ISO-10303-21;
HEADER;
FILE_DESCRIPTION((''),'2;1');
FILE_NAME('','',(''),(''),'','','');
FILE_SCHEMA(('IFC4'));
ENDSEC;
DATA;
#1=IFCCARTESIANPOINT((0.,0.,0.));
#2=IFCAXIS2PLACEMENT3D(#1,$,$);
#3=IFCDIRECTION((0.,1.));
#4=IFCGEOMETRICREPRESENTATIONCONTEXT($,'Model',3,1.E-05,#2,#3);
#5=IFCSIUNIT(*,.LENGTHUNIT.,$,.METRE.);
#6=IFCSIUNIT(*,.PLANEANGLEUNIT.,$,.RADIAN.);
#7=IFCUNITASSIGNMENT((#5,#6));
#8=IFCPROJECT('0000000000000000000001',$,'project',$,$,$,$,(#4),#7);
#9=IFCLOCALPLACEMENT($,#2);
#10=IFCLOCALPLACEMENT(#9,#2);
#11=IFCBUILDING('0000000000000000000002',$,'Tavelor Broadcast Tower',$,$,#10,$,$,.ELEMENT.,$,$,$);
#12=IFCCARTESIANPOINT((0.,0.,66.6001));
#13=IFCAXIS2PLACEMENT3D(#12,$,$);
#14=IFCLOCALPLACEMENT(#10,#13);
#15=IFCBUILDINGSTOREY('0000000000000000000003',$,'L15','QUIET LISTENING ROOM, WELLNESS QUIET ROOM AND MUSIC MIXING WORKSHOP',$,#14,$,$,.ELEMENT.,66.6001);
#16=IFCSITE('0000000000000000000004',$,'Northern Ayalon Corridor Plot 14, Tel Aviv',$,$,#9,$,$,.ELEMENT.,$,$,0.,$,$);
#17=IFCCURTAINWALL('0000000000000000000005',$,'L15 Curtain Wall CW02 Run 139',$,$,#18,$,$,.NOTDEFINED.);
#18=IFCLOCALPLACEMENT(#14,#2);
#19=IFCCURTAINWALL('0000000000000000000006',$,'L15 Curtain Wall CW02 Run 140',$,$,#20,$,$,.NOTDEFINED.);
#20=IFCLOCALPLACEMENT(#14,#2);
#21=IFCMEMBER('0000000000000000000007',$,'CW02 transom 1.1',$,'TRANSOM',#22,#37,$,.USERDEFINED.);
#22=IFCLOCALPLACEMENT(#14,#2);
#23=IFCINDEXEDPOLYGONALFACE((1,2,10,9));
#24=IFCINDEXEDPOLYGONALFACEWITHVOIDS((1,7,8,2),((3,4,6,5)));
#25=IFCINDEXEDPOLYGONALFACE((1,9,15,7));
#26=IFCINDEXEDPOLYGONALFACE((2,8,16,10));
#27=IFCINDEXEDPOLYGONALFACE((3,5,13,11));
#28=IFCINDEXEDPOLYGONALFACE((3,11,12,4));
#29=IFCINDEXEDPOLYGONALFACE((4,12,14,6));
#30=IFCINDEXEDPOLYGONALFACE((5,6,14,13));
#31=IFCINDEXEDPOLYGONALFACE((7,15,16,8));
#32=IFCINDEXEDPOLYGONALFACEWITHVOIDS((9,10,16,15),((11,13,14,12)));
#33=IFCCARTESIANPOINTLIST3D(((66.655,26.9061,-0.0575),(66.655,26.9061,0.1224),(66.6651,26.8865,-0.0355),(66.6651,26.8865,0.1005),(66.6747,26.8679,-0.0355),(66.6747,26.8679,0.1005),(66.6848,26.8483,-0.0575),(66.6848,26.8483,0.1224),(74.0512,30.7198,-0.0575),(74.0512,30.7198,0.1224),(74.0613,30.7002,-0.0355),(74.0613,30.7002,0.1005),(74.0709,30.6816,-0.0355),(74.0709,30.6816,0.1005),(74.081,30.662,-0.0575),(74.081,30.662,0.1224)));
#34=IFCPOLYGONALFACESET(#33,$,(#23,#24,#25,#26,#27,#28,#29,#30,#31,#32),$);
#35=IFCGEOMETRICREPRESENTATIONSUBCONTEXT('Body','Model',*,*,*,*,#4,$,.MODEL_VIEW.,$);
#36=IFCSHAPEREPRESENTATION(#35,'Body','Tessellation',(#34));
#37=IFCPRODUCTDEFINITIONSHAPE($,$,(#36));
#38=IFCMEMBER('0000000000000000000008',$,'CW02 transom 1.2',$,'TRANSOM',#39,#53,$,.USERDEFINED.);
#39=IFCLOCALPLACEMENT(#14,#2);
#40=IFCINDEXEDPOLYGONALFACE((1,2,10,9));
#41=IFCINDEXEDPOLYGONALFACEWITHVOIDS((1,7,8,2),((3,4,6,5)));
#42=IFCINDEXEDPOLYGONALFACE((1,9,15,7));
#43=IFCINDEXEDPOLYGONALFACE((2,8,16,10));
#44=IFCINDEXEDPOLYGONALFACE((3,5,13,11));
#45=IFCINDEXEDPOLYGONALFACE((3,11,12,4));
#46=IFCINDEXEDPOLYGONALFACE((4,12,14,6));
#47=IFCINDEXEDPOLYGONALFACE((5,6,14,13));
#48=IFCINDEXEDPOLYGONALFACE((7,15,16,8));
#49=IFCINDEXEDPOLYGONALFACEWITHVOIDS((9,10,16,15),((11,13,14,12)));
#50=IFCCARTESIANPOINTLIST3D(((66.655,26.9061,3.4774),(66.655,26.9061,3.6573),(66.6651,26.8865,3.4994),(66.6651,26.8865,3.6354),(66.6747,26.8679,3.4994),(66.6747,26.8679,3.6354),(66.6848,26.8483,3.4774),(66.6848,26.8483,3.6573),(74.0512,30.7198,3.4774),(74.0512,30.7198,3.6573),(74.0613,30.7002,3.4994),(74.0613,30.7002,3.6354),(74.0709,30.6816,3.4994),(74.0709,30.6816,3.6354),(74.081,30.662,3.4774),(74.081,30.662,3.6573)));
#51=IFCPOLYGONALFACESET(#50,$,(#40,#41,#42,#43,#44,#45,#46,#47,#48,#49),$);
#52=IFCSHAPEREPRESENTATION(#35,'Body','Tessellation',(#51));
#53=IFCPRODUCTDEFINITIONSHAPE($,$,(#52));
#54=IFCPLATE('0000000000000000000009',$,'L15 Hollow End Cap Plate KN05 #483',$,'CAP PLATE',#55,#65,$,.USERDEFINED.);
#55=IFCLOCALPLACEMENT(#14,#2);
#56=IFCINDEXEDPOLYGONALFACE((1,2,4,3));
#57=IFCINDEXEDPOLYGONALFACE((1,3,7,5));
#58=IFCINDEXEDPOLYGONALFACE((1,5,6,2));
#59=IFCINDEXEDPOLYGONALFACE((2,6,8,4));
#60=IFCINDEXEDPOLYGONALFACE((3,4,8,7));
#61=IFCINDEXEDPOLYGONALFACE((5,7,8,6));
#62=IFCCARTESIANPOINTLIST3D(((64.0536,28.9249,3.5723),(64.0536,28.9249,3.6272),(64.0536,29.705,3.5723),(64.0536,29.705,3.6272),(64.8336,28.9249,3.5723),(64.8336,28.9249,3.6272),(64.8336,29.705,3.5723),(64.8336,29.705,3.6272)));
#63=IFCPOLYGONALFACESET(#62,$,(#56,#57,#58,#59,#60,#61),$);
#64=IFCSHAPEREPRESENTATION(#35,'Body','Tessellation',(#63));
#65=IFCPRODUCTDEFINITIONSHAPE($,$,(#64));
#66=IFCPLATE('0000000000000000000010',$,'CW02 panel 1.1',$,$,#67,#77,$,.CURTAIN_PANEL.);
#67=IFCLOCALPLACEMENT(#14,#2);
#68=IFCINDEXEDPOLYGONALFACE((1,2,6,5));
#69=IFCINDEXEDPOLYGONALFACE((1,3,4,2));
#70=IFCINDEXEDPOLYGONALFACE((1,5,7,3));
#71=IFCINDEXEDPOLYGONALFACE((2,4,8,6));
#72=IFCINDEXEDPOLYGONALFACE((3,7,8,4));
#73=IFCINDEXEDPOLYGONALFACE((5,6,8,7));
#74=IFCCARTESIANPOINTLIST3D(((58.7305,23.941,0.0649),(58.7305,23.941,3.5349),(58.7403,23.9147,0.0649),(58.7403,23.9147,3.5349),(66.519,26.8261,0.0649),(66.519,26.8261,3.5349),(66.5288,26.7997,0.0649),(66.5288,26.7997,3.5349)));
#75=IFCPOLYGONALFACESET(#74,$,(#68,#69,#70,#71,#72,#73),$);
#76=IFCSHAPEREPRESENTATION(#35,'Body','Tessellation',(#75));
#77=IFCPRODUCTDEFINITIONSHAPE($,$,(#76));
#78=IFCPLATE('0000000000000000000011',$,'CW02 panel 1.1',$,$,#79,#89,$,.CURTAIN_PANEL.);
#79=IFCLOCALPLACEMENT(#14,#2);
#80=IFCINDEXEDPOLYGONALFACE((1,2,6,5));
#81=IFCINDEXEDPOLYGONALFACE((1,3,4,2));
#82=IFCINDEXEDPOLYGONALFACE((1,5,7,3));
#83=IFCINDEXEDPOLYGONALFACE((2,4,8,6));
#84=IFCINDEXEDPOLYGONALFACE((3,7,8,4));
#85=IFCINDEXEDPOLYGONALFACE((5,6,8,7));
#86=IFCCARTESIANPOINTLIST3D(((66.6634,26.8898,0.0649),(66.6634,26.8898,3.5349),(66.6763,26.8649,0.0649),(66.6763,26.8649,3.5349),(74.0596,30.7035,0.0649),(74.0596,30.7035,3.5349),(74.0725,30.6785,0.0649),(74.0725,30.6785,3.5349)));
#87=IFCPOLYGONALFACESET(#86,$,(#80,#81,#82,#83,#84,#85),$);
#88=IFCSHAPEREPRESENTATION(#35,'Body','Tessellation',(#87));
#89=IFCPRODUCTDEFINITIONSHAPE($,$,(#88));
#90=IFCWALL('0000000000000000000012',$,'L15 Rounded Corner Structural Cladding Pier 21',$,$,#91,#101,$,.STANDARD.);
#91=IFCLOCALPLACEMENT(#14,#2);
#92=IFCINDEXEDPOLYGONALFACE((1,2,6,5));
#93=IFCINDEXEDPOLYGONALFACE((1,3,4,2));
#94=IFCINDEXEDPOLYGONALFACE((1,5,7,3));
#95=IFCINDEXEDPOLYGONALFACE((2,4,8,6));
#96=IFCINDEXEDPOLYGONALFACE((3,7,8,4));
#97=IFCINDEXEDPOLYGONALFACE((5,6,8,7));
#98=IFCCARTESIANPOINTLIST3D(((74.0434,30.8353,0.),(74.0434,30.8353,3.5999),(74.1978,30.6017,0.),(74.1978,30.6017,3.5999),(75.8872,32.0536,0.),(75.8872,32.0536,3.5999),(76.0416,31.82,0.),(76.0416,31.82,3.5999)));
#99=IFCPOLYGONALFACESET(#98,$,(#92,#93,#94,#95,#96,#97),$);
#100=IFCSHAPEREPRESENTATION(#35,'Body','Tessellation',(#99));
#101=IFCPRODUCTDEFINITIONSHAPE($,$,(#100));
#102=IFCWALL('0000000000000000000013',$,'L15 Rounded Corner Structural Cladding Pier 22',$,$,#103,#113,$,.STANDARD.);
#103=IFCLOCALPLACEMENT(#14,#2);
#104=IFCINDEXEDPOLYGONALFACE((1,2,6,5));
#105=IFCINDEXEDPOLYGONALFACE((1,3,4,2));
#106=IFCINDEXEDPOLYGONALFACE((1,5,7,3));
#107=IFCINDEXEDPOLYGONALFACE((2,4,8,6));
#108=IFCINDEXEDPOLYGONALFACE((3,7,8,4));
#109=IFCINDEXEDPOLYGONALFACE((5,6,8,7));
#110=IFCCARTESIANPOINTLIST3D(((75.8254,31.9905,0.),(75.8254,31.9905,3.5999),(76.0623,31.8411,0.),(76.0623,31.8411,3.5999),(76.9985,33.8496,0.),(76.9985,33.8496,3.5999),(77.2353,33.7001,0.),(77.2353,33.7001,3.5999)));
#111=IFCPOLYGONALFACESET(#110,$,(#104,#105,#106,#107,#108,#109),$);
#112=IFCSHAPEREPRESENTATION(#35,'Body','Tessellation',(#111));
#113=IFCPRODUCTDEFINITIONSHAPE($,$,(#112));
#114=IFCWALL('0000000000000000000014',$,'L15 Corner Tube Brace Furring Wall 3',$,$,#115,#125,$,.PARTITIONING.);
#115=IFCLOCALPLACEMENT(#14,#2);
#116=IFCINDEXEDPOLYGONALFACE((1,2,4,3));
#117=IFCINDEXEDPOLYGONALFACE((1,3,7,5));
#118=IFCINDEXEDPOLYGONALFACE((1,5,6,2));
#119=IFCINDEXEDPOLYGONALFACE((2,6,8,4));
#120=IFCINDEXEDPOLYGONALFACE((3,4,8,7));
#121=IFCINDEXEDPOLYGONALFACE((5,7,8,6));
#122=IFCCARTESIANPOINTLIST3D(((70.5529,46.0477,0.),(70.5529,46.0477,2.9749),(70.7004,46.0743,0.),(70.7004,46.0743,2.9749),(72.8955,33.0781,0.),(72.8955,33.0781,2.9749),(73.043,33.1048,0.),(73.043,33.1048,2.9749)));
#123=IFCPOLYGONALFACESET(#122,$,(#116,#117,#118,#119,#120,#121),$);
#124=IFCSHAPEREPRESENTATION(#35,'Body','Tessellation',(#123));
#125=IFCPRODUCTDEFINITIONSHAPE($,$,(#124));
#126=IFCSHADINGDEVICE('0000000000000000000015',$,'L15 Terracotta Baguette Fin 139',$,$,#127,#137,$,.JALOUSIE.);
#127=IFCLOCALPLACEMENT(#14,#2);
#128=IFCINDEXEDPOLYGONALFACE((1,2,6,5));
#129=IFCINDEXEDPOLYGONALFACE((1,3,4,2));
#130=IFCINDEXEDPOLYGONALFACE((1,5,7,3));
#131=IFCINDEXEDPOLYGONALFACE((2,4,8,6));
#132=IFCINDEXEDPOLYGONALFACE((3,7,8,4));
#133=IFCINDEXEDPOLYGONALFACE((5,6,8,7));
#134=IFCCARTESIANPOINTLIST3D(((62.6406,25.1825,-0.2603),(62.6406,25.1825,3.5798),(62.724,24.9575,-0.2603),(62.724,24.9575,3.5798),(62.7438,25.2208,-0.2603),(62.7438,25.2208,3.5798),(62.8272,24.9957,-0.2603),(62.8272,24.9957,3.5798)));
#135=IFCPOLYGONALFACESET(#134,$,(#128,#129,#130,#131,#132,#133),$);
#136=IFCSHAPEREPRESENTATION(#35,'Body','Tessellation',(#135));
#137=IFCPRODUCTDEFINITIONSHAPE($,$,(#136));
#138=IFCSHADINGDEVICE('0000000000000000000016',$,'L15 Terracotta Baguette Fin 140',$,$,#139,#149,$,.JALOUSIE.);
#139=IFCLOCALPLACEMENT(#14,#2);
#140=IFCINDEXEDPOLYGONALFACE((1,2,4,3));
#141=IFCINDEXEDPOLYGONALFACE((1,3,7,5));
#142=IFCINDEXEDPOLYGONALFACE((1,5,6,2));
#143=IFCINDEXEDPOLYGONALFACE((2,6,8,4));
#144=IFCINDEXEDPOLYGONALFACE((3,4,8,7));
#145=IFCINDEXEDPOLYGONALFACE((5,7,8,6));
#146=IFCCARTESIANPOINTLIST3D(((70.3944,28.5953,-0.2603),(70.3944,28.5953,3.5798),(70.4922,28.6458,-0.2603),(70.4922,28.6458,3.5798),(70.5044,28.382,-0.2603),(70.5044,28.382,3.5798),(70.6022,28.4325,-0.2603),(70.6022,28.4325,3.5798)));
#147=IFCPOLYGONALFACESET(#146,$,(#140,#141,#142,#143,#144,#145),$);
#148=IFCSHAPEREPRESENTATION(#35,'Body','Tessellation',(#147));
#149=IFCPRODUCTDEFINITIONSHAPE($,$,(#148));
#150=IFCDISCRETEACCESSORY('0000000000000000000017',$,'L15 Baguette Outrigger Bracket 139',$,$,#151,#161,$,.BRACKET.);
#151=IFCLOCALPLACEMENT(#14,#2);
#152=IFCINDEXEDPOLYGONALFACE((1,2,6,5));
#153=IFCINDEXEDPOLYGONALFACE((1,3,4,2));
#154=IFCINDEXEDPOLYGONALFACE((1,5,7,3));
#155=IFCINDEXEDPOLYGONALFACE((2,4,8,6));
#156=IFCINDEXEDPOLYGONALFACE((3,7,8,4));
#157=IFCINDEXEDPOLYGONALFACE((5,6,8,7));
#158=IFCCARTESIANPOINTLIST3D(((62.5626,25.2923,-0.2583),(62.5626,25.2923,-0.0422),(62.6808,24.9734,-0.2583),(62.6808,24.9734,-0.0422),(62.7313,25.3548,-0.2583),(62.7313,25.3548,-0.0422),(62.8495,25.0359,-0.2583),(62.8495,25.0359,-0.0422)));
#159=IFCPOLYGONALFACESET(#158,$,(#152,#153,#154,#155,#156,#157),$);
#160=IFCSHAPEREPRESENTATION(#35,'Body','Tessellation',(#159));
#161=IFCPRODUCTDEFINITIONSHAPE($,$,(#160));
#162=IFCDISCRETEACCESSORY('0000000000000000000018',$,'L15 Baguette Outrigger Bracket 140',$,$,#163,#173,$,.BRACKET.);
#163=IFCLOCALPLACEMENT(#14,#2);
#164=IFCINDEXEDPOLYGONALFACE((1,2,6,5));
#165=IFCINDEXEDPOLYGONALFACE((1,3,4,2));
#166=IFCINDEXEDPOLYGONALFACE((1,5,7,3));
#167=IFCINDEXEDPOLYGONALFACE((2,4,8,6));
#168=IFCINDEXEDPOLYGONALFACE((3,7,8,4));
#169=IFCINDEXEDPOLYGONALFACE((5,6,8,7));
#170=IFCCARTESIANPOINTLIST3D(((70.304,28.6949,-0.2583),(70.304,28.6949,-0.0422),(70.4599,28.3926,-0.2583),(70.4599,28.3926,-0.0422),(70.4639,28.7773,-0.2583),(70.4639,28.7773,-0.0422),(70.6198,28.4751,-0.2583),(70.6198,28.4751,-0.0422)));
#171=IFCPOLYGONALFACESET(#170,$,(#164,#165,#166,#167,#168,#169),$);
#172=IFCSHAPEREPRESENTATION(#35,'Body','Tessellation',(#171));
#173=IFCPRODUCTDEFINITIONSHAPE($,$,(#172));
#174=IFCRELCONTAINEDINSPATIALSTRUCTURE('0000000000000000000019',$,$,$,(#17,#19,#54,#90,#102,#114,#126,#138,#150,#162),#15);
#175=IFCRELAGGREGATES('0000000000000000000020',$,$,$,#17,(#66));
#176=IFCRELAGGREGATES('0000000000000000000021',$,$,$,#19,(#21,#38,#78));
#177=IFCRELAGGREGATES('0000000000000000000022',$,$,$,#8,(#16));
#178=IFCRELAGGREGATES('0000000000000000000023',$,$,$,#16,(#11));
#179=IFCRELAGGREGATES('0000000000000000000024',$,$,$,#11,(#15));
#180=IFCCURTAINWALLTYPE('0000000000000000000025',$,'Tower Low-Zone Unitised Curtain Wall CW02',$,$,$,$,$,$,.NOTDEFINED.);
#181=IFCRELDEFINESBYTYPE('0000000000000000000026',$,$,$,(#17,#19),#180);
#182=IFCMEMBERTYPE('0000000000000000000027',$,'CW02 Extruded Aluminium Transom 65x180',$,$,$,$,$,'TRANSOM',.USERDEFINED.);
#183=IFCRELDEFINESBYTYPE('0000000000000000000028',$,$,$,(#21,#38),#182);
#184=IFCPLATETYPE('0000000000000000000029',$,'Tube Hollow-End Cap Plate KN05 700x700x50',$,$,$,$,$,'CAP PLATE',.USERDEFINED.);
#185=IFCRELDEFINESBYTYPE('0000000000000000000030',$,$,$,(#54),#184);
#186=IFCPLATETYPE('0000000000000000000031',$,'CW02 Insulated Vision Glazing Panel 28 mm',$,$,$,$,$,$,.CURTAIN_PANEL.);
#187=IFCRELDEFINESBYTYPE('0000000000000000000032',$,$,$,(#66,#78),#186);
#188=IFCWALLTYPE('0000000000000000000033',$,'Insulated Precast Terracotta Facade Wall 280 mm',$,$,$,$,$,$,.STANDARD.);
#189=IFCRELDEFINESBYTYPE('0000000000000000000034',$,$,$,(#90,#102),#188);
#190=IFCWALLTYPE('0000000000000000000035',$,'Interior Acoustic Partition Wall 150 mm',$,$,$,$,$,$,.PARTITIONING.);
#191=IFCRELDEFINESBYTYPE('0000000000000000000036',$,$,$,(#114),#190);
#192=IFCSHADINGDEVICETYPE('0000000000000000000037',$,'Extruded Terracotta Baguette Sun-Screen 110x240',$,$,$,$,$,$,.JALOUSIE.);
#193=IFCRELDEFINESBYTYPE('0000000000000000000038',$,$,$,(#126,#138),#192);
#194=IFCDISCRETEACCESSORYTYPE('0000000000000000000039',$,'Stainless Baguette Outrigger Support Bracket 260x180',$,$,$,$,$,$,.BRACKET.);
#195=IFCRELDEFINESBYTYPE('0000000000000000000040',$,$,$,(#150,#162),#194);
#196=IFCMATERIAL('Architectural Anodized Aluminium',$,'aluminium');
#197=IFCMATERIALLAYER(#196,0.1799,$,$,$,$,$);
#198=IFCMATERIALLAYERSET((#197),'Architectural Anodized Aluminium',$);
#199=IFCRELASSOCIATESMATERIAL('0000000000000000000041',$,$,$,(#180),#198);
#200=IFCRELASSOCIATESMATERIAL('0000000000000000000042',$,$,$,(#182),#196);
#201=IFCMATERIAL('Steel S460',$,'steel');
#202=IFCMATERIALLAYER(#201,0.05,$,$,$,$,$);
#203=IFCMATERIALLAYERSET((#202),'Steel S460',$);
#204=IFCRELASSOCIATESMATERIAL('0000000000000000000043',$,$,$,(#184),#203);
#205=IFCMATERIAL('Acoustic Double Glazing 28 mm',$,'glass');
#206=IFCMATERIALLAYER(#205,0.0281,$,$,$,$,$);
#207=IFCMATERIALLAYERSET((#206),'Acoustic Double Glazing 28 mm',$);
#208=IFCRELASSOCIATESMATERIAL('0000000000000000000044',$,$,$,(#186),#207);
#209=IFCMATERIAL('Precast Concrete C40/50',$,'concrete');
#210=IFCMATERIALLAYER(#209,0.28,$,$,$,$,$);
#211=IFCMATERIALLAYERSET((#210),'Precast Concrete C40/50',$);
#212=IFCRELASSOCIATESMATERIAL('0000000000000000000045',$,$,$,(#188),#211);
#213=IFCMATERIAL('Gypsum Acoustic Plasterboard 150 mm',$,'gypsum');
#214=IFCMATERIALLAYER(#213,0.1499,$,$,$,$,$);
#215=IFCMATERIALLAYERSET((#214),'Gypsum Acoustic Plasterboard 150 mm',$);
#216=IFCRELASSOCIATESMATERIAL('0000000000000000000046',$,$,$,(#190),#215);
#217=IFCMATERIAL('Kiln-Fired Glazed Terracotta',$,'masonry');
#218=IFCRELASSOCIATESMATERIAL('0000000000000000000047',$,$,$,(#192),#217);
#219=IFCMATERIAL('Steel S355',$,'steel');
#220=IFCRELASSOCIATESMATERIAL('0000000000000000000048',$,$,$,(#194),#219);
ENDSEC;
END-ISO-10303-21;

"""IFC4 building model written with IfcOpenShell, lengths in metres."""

from ifc_helpers import new_model, si_unit, direction, frame, frame_2d, origin, origin_2d, place, context, subcontext, project, spatial, rectangle, hollow_rectangle, extrude, source, transform, mapped, material, layer, layer_set, material_profile, profile_set, type_object, type_shapes, element, aggregate, save


model = new_model("IFC4")

# Units and contexts
model_context = context("Model", 3, precision=1e-05, world=origin(), true_north=direction((0.0, 1.0)))
body_context = subcontext(model_context, "Body", "Model", "MODEL_VIEW")
ifc_project = project(units=[si_unit("LENGTHUNIT", "METRE"), si_unit("PLANEANGLEUNIT", "RADIAN")], contexts=[model_context])

# Site, building, storey
site_placement = place(None, origin())
site = spatial("IfcSite", under=ifc_project, at=site_placement, Name="Northern Ayalon Corridor Plot 14, Tel Aviv", CompositionType="ELEMENT", RefElevation=0.0)
building_placement = place(site_placement, origin())
building = spatial("IfcBuilding", under=site, at=building_placement, Name="Tavelor Broadcast Tower", CompositionType="ELEMENT")
storey_placement = place(building_placement, frame((0.0, 0.0, 66.6001)))
storey = spatial("IfcBuildingStorey", under=building, at=storey_placement, Name="L15", Description="QUIET LISTENING ROOM, WELLNESS QUIET ROOM AND MUSIC MIXING WORKSHOP", CompositionType="ELEMENT", Elevation=66.6001)

# Shared definitions
ifc_material_1 = material(Name="Steel S460", Category="steel")

# Shared definitions
ifc_material_2 = material(Name="Steel S355", Category="steel")

# Shared definitions
ifc_material_3 = material(Name="Architectural Anodized Aluminium", Category="aluminium")
ifc_layer_1 = layer(ifc_material_3, 0.1799)
ifc_layer_set_1 = layer_set([ifc_layer_1], Name="Architectural Anodized Aluminium")
curtain_wall_type = type_object("IfcCurtainWallType", Name="Tower Low-Zone Unitised Curtain Wall CW02", PredefinedType="NOTDEFINED", material=ifc_layer_set_1)

# Curtain walls
curtain_wall_1_placement = place(storey_placement, origin())
curtain_wall_1 = element("IfcCurtainWall", 1, at=curtain_wall_1_placement, inside=storey, type_object=curtain_wall_type, Name="L15 Curtain Wall CW02 Run 139", PredefinedType="NOTDEFINED")
curtain_wall_2_placement = place(storey_placement, origin())
curtain_wall_2 = element("IfcCurtainWall", 2, at=curtain_wall_2_placement, inside=storey, type_object=curtain_wall_type, Name="L15 Curtain Wall CW02 Run 140", PredefinedType="NOTDEFINED")

# Members
ifc_material_profile_1 = material_profile(ifc_material_3, hollow_rectangle(XDim=0.0649, YDim=0.1799, WallThickness=0.022, at=origin_2d()), Name="RHS 65x180x22")
ifc_profile_set_1 = profile_set([ifc_material_profile_1], Name="Architectural Anodized Aluminium")
member_type_1 = type_object("IfcMemberType", Name="CW02 Extruded Aluminium Transom 65x180", ElementType="TRANSOM", PredefinedType="USERDEFINED", material=ifc_profile_set_1)
shared_shape_1 = source(origin(), body_context, "Body", "SweptSolid", [
    extrude(hollow_rectangle(XDim=0.0649, YDim=0.1799, WallThickness=0.022, at=origin_2d()), origin(), (0.0, 0.0, 1.0), 8.3215),
])
member_1_placement = place(storey_placement, frame((66.6699, 26.8772, 0.0325), z_axis=(0.888801, 0.458292, 0.0), x_axis=(-0.458292, 0.888801, 0.0)))
member_1 = element("IfcMember", 3, at=member_1_placement, type_object=member_type_1, Name="CW02 transom 1.1", ObjectType="TRANSOM", PredefinedType="USERDEFINED", context=body_context, shape_type="MappedRepresentation", body=[
    mapped(shared_shape_1, transform((0.0, 0.0, 0.0), scale=1.0)),
])
member_2_placement = place(storey_placement, frame((66.6699, 26.8772, 3.5674), z_axis=(0.888801, 0.458292, 0.0), x_axis=(-0.458292, 0.888801, 0.0)))
member_2 = element("IfcMember", 4, at=member_2_placement, type_object=member_type_1, Name="CW02 transom 1.2", ObjectType="TRANSOM", PredefinedType="USERDEFINED", context=body_context, shape_type="MappedRepresentation", body=[
    mapped(shared_shape_1, transform((0.0, 0.0, 0.0), scale=1.0)),
])

# Plates
ifc_layer_2 = layer(ifc_material_1, 0.05)
ifc_layer_set_2 = layer_set([ifc_layer_2], Name="Steel S460")
plate_type_1 = type_object("IfcPlateType", Name="Tube Hollow-End Cap Plate KN05 700x700x50", ElementType="CAP PLATE", PredefinedType="USERDEFINED", material=ifc_layer_set_2)
shared_shape_2 = source(origin(), body_context, "Body", "SweptSolid", [
    extrude(rectangle(XDim=0.78, YDim=0.78, at=origin_2d()), origin(), (0.0, 0.0, 1.0), 0.0549),
])
type_shapes(plate_type_1, [shared_shape_2])
plate_1_placement = place(storey_placement, frame((64.4436, 29.3149, 3.5723), z_axis=(0.0, 0.0, 1.0), x_axis=(1.0, 0.0, 0.0)))
element("IfcPlate", 5, at=plate_1_placement, inside=storey, type_object=plate_type_1, Name="L15 Hollow End Cap Plate KN05 #483", ObjectType="CAP PLATE", PredefinedType="USERDEFINED", context=body_context, shape_type="MappedRepresentation", body=[
    mapped(shared_shape_2, transform((0.0, 0.0, 0.0), scale=1.0)),
])
ifc_material_4 = material(Name="Acoustic Double Glazing 28 mm", Category="glass")
ifc_layer_3 = layer(ifc_material_4, 0.0281)
ifc_layer_set_3 = layer_set([ifc_layer_3], Name="Acoustic Double Glazing 28 mm")
plate_type_2 = type_object("IfcPlateType", Name="CW02 Insulated Vision Glazing Panel 28 mm", PredefinedType="CURTAIN_PANEL", material=ifc_layer_set_3)
shared_shape_3 = source(origin(), body_context, "Body", "SweptSolid", [
    extrude(rectangle(XDim=8.3057, YDim=0.0281, at=origin_2d()), origin(), (0.0, 0.0, 1.0), 3.47),
])
plate_2_placement = place(storey_placement, frame((62.6296, 25.3704, 0.0649), z_axis=(0.0, 0.0, 1.0), x_axis=(0.937731, 0.347362, 0.0)))
plate_2 = element("IfcPlate", 6, at=plate_2_placement, type_object=plate_type_2, Name="CW02 panel 1.1", PredefinedType="CURTAIN_PANEL", context=body_context, shape_type="MappedRepresentation", body=[
    mapped(shared_shape_3, transform((0.0, 0.0, 0.0), scale=1.0)),
])
aggregate(curtain_wall_1, [plate_2])
shared_shape_4 = source(origin(), body_context, "Body", "SweptSolid", [
    extrude(rectangle(XDim=8.3215, YDim=0.0281, at=origin_2d()), origin(), (0.0, 0.0, 1.0), 3.47),
])
type_shapes(plate_type_2, [shared_shape_3, shared_shape_4])
plate_3_placement = place(storey_placement, frame((70.3679, 28.7842, 0.0649), z_axis=(0.0, 0.0, 1.0), x_axis=(0.888802, 0.458292, 0.0)))
plate_3 = element("IfcPlate", 7, at=plate_3_placement, type_object=plate_type_2, Name="CW02 panel 1.1", PredefinedType="CURTAIN_PANEL", context=body_context, shape_type="MappedRepresentation", body=[
    mapped(shared_shape_4, transform((0.0, 0.0, 0.0), scale=1.0)),
])
aggregate(curtain_wall_2, [member_1, member_2, plate_3])

# Walls
ifc_material_5 = material(Name="Precast Concrete C40/50", Category="concrete")
ifc_layer_4 = layer(ifc_material_5, 0.28)
ifc_layer_set_4 = layer_set([ifc_layer_4], Name="Precast Concrete C40/50")
wall_type_1 = type_object("IfcWallType", Name="Insulated Precast Terracotta Facade Wall 280 mm", PredefinedType="STANDARD", material=ifc_layer_set_4)
wall_1_placement = place(storey_placement, frame((74.1206, 30.7185, 0.0), z_axis=(0.0, 0.0, 1.0), x_axis=(0.834321, 0.551279, 0.0)))
element("IfcWall", 8, at=wall_1_placement, inside=storey, type_object=wall_type_1, Name="L15 Rounded Corner Structural Cladding Pier 21", PredefinedType="STANDARD", context=body_context, shape_type="SweptSolid", body=[
    extrude(rectangle(XDim=2.21, YDim=0.28, at=frame_2d((1.105, 0.0))), origin(), (0.0, 0.0, 1.0), 3.5999),
])
wall_2_placement = place(storey_placement, frame((75.9438, 31.9158, 0.0), z_axis=(0.0, 0.0, 1.0), x_axis=(0.533638, 0.845713, 0.0)))
element("IfcWall", 9, at=wall_2_placement, inside=storey, type_object=wall_type_1, Name="L15 Rounded Corner Structural Cladding Pier 22", PredefinedType="STANDARD", context=body_context, shape_type="SweptSolid", body=[
    extrude(rectangle(XDim=2.1982, YDim=0.28, at=frame_2d((1.0991, 0.0))), origin(), (0.0, 0.0, 1.0), 3.5999),
])
ifc_material_6 = material(Name="Gypsum Acoustic Plasterboard 150 mm", Category="gypsum")
ifc_layer_5 = layer(ifc_material_6, 0.1499)
ifc_layer_set_5 = layer_set([ifc_layer_5], Name="Gypsum Acoustic Plasterboard 150 mm")
wall_type_2 = type_object("IfcWallType", Name="Interior Acoustic Partition Wall 150 mm", PredefinedType="PARTITIONING", material=ifc_layer_set_5)
wall_3_placement = place(storey_placement, frame((72.9692, 33.0913, 0.0), z_axis=(0.0, 0.0, 1.0), x_axis=(-0.177743, 0.984077, 0.0)))
element("IfcWall", 10, at=wall_3_placement, inside=storey, type_object=wall_type_2, Name="L15 Corner Tube Brace Furring Wall 3", PredefinedType="PARTITIONING", context=body_context, shape_type="SweptSolid", body=[
    extrude(rectangle(XDim=13.1794, YDim=0.1499, at=frame_2d((6.5898, 0.0))), origin(), (0.0, 0.0, 1.0), 2.9749),
])

# Shading devices
ifc_material_7 = material(Name="Kiln-Fired Glazed Terracotta", Category="masonry")
shading_device_type = type_object("IfcShadingDeviceType", Name="Extruded Terracotta Baguette Sun-Screen 110x240", PredefinedType="JALOUSIE", material=ifc_material_7)
shared_shape_5 = source(origin(), body_context, "Body", "SweptSolid", [
    extrude(rectangle(XDim=0.1101, YDim=0.24, at=origin_2d()), origin(), (0.0, 0.0, 1.0), 3.8401),
])
type_shapes(shading_device_type, [shared_shape_5])
for number, where, z_axis, x_axis, name in (
    (11, (62.7339, 25.0891, -0.2603), (0.0, 0.0, 1.0), (0.937707, 0.347427, 0.0), "L15 Terracotta Baguette Fin 139"),
    (12, (70.4983, 28.5139, -0.2603), (0.0, 0.0, 1.0), (0.888777, 0.458339, 0.0), "L15 Terracotta Baguette Fin 140"),
):
    element("IfcShadingDevice", number, at=place(storey_placement, frame(where, z_axis=z_axis, x_axis=x_axis)), inside=storey, type_object=shading_device_type, Name=name, PredefinedType="JALOUSIE", context=body_context, shape_type="MappedRepresentation", body=[
        mapped(shared_shape_5, transform((0.0, 0.0, 0.0), scale=1.0)),
    ])

# Discrete accessories
discrete_accessory_type = type_object("IfcDiscreteAccessoryType", Name="Stainless Baguette Outrigger Support Bracket 260x180", PredefinedType="BRACKET", material=ifc_material_2)
shared_shape_6 = source(origin(), body_context, "Body", "SweptSolid", [
    extrude(rectangle(XDim=0.1799, YDim=0.3401, at=origin_2d()), origin(), (0.0, 0.0, 1.0), 0.2161),
])
type_shapes(discrete_accessory_type, [shared_shape_6])
for number, where, z_axis, x_axis, name in (
    (13, (62.7061, 25.1641, -0.2583), (0.0, 0.0, 1.0), (0.937707, 0.347427, 0.0), "L15 Baguette Outrigger Bracket 139"),
    (14, (70.4619, 28.585, -0.2583), (0.0, 0.0, 1.0), (0.888777, 0.458339, 0.0), "L15 Baguette Outrigger Bracket 140"),
):
    element("IfcDiscreteAccessory", number, at=place(storey_placement, frame(where, z_axis=z_axis, x_axis=x_axis)), inside=storey, type_object=discrete_accessory_type, Name=name, PredefinedType="BRACKET", context=body_context, shape_type="MappedRepresentation", body=[
        mapped(shared_shape_6, transform((0.0, 0.0, 0.0), scale=1.0)),
    ])

save(model, "model.ifc")
